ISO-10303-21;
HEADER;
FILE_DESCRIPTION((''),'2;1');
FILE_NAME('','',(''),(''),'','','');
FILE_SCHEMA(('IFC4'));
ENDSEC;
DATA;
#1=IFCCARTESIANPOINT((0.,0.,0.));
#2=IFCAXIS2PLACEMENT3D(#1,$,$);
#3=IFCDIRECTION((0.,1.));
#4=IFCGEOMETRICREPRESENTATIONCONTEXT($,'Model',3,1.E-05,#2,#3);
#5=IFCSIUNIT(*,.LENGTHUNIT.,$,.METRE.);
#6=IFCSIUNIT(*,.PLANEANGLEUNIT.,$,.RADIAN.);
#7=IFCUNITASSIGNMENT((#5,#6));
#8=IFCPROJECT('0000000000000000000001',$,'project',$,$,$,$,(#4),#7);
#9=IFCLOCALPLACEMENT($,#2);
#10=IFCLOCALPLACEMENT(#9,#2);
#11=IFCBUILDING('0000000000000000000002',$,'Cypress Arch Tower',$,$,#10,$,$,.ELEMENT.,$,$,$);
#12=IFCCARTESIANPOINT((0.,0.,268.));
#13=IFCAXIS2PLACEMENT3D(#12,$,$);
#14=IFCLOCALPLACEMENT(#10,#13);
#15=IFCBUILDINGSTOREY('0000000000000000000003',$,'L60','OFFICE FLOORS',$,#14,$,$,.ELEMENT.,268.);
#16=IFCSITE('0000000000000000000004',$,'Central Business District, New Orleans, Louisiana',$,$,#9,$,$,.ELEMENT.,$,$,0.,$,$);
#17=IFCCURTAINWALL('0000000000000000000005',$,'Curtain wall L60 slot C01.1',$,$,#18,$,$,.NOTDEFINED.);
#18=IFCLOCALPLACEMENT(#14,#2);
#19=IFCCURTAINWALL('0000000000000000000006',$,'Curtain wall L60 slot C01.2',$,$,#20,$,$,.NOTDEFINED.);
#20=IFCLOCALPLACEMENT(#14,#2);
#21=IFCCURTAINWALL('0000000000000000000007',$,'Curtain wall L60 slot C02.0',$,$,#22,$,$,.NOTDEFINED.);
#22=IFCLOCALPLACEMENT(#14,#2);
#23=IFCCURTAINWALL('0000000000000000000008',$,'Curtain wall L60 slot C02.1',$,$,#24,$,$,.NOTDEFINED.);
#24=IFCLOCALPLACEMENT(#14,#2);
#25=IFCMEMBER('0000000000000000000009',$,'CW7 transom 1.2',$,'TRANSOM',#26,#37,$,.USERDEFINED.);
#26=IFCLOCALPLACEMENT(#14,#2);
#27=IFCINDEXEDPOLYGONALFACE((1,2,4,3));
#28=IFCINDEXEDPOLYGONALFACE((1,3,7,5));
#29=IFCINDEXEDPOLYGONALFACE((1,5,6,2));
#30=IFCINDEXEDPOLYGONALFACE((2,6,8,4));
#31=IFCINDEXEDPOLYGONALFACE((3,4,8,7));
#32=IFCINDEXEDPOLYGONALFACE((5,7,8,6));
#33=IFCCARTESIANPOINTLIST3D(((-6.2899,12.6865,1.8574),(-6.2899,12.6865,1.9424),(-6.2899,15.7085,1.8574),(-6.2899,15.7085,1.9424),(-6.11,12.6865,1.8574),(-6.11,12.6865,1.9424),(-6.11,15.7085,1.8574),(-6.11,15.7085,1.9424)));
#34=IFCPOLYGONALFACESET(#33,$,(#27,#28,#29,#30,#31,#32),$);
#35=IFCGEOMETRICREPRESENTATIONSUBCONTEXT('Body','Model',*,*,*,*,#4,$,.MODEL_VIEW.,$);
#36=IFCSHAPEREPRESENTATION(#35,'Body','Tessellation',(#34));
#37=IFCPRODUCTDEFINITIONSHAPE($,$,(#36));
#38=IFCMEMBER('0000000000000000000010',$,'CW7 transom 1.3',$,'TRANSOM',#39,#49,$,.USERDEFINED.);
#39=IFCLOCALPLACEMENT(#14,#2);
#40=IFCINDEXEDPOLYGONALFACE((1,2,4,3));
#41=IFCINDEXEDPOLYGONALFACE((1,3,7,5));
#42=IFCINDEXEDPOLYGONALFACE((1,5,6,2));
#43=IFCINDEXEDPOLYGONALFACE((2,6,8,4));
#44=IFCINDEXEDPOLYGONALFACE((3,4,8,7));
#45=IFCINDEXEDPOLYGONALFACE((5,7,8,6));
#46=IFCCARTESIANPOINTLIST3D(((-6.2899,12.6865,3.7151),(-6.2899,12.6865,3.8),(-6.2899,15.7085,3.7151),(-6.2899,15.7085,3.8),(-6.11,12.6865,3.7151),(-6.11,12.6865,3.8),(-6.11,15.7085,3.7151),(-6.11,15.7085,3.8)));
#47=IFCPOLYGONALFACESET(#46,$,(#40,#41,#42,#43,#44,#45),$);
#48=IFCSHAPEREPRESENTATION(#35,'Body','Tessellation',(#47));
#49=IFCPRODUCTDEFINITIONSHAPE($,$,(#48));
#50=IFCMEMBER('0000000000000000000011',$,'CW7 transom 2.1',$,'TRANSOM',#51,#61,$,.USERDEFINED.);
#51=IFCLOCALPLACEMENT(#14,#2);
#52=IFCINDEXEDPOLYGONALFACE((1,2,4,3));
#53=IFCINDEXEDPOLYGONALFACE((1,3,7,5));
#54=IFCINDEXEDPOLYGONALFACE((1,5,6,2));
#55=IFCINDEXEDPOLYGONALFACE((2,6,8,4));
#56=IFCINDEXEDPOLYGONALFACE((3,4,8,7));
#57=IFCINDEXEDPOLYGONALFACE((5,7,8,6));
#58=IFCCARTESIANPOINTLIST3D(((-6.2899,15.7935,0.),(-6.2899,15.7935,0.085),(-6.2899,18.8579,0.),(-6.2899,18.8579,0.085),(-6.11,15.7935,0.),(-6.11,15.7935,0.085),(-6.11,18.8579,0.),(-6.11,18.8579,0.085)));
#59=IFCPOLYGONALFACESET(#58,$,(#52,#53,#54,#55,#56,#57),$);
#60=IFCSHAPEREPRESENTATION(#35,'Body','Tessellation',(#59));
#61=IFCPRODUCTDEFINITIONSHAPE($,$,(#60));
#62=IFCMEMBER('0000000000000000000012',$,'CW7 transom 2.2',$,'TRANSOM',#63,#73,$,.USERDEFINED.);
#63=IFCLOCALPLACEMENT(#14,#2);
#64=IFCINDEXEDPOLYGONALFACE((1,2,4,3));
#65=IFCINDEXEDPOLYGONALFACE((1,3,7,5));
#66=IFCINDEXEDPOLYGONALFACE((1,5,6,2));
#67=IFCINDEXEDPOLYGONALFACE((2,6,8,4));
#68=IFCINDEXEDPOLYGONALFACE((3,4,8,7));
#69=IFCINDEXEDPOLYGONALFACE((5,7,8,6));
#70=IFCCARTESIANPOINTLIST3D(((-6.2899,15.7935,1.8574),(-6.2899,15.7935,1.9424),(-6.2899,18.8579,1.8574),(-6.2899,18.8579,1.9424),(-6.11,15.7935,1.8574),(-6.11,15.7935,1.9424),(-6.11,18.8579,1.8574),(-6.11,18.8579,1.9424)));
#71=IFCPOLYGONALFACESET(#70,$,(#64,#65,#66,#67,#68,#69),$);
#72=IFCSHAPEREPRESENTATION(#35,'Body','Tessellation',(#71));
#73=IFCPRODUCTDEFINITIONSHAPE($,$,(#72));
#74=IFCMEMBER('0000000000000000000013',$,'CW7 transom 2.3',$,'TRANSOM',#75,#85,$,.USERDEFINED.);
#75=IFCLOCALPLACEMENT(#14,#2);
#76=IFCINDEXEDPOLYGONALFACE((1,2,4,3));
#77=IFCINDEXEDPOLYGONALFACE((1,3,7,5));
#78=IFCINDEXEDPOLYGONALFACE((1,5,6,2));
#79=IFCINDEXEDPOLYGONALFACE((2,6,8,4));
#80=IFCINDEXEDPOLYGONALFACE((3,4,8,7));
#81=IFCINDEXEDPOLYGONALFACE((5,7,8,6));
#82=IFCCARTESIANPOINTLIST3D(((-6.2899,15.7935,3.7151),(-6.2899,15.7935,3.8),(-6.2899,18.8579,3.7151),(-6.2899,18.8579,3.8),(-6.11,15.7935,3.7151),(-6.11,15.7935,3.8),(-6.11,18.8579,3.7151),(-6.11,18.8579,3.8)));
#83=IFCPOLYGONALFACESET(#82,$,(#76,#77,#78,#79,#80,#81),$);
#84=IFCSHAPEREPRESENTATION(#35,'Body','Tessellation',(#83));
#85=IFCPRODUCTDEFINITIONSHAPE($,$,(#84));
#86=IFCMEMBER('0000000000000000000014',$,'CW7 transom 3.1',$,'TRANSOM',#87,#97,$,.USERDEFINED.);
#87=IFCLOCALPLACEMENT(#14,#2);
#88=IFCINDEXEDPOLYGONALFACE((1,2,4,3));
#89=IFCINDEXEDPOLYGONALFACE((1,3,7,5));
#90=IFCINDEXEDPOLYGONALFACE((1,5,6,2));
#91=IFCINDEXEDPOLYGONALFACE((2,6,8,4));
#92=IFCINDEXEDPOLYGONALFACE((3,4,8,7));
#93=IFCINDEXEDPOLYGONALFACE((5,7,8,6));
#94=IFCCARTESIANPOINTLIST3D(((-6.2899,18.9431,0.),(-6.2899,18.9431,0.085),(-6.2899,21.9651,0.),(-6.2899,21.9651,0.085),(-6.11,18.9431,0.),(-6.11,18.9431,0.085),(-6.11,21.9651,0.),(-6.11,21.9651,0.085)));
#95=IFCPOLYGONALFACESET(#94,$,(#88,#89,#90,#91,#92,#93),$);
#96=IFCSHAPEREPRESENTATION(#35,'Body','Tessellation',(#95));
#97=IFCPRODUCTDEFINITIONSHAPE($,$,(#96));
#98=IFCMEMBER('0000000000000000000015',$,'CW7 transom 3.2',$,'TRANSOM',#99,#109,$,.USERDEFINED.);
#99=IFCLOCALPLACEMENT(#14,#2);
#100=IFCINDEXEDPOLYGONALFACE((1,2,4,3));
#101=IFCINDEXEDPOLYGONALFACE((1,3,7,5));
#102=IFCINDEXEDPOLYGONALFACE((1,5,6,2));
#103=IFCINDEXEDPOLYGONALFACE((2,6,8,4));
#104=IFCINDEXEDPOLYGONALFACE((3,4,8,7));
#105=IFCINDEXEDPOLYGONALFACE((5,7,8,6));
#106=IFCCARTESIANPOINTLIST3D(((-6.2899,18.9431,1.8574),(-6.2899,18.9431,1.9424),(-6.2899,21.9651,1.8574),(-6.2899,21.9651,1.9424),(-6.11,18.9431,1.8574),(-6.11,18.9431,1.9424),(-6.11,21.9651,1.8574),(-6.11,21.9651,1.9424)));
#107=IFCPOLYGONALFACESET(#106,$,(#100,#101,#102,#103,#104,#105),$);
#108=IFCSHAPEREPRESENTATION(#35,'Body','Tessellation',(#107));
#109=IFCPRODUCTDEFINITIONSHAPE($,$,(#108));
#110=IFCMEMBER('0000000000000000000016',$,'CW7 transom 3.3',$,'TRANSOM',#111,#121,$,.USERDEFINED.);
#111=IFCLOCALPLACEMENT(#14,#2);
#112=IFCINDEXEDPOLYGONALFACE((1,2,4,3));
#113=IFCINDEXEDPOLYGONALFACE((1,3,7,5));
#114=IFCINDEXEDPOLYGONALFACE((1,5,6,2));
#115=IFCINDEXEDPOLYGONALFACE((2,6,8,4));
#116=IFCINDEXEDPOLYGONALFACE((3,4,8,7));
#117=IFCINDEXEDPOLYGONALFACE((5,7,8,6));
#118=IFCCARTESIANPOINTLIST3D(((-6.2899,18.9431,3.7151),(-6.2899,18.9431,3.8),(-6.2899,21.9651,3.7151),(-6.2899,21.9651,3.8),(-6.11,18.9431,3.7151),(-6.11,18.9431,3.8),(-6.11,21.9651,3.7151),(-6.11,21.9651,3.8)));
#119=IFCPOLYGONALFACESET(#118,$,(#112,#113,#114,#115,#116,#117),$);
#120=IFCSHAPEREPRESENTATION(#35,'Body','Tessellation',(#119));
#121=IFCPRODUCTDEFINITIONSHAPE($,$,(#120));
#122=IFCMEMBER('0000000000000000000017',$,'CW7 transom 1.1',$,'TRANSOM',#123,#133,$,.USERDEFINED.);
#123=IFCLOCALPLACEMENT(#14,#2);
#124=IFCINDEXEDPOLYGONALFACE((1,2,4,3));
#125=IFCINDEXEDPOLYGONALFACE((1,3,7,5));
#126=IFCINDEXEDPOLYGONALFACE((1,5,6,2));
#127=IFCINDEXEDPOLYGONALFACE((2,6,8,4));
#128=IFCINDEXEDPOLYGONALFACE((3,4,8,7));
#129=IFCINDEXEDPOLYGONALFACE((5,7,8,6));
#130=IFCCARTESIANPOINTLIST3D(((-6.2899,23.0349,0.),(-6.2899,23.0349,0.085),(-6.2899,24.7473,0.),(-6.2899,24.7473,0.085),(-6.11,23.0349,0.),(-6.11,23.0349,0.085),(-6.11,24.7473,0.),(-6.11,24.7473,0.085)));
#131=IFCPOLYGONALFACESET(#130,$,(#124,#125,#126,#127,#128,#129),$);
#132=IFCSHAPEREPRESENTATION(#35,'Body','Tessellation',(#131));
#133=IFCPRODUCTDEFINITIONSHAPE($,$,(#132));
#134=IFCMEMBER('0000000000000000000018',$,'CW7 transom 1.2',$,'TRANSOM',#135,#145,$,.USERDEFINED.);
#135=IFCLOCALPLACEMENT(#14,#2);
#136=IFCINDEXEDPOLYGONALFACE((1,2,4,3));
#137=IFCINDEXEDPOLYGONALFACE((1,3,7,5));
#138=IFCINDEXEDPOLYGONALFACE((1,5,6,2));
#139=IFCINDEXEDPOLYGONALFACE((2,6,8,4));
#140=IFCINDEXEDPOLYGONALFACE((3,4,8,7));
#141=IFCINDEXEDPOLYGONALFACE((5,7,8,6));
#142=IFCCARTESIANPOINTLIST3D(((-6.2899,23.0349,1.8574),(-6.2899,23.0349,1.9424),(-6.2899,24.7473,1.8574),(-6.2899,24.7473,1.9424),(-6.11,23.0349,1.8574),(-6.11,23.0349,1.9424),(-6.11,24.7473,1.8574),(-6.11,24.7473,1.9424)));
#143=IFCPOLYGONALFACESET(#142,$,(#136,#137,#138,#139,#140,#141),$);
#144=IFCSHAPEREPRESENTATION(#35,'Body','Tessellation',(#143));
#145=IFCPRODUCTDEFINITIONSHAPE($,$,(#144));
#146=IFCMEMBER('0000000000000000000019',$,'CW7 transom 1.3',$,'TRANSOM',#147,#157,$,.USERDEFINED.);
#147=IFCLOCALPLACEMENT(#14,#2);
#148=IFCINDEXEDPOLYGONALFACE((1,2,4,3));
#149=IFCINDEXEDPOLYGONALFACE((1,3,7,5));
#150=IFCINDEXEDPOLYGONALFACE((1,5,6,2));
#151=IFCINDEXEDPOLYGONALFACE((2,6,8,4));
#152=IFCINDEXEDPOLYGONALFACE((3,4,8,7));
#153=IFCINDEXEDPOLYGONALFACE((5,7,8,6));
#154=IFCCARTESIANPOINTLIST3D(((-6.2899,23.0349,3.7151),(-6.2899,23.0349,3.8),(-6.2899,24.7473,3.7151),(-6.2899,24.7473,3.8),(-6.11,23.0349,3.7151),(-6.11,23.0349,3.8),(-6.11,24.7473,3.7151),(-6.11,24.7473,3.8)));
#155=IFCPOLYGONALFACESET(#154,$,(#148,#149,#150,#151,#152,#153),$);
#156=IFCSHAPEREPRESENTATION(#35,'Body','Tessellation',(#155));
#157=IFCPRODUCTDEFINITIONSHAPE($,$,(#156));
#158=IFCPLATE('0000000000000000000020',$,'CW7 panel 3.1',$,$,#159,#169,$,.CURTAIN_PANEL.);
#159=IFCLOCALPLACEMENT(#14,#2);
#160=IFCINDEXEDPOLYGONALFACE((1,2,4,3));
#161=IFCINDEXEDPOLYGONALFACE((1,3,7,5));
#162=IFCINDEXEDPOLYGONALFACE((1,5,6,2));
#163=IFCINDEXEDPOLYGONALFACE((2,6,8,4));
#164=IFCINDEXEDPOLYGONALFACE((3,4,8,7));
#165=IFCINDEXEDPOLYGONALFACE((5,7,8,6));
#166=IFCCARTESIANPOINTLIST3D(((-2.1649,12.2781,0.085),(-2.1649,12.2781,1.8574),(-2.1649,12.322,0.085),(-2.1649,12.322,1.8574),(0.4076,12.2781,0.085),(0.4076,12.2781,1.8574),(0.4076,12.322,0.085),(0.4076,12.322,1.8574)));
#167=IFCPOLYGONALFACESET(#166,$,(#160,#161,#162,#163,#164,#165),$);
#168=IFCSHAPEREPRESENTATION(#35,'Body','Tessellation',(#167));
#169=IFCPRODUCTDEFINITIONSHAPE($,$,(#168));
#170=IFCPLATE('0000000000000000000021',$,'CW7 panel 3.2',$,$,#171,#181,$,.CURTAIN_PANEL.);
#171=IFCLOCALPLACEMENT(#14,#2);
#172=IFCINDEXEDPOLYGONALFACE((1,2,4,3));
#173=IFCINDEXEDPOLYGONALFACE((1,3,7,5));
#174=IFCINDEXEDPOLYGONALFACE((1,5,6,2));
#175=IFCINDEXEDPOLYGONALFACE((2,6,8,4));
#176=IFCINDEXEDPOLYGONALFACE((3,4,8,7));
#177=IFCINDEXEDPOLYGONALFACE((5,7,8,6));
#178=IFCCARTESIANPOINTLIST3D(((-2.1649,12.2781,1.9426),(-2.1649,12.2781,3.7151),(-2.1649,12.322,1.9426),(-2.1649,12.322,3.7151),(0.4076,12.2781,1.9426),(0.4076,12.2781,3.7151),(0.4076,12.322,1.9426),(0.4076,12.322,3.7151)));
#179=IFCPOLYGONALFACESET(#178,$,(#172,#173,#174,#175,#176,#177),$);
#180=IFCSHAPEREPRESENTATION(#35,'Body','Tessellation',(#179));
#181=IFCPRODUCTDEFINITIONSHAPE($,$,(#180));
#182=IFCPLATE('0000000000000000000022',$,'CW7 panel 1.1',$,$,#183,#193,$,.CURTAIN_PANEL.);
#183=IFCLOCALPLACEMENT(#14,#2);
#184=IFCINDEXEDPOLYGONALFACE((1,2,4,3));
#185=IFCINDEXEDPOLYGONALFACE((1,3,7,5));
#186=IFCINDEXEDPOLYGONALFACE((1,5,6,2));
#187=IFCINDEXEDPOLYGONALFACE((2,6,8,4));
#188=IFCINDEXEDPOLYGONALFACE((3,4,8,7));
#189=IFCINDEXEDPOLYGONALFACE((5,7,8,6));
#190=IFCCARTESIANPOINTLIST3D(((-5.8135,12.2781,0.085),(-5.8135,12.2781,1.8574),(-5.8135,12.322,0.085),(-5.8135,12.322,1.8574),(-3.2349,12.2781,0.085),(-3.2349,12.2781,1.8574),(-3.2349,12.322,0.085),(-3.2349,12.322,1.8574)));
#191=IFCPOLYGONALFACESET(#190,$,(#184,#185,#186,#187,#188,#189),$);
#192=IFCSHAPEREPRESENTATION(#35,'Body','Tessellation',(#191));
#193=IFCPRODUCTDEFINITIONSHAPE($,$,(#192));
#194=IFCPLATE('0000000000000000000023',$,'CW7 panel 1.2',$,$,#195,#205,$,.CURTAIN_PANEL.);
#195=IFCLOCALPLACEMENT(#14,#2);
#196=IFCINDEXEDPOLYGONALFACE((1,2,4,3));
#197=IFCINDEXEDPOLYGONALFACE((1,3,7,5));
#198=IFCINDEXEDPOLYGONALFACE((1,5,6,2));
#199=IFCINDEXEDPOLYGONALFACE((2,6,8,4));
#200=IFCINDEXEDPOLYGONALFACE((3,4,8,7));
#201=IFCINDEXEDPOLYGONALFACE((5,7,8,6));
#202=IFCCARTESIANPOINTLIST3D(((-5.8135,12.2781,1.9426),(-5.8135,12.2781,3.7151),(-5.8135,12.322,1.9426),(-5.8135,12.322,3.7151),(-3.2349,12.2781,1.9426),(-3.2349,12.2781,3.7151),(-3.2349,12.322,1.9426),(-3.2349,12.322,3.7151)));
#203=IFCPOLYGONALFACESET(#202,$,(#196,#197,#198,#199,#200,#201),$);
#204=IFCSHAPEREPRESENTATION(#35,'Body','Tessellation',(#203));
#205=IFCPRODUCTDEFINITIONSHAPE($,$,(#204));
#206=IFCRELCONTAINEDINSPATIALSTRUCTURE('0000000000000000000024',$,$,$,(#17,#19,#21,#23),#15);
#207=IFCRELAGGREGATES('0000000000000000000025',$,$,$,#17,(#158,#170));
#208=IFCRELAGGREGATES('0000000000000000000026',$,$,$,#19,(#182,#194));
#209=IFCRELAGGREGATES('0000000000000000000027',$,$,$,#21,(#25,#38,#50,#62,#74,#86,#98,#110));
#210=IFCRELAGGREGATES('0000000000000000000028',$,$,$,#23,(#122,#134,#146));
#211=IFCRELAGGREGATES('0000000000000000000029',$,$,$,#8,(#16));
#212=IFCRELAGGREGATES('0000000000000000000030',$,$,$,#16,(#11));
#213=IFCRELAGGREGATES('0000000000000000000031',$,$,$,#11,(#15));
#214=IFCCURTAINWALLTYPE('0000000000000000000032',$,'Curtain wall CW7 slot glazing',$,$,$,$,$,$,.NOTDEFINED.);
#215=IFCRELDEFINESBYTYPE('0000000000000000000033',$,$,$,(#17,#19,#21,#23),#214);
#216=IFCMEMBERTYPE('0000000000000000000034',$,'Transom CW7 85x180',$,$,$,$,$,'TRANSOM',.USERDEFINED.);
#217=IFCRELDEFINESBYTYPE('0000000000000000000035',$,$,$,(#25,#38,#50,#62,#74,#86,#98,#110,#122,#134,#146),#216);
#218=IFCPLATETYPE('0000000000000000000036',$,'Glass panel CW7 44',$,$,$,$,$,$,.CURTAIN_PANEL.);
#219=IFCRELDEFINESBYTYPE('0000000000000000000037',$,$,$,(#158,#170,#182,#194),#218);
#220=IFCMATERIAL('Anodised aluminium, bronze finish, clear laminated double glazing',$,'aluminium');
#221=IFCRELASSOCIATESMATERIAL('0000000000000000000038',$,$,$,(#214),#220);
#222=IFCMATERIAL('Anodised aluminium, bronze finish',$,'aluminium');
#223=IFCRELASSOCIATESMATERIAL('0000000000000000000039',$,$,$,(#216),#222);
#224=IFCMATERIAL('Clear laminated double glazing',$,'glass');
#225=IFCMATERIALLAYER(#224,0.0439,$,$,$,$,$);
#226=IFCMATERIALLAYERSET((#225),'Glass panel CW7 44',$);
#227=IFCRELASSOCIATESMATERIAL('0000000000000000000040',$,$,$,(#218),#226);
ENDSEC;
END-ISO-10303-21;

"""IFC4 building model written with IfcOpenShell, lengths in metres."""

from ifc_helpers import new_model, si_unit, direction, frame, origin, origin_2d, place, context, subcontext, project, spatial, rectangle, extrude, material, layer, layer_set, material_profile, profile_set, type_object, element, aggregate, save


model = new_model("IFC4")

# Units and contexts
model_context = context("Model", 3, precision=1e-05, world=origin(), true_north=direction((0.0, 1.0)))
body_context = subcontext(model_context, "Body", "Model", "MODEL_VIEW")
ifc_project = project(units=[si_unit("LENGTHUNIT", "METRE"), si_unit("PLANEANGLEUNIT", "RADIAN")], contexts=[model_context])

# Site, building, storey
site_placement = place(None, origin())
site = spatial("IfcSite", under=ifc_project, at=site_placement, Name="Central Business District, New Orleans, Louisiana", CompositionType="ELEMENT", RefElevation=0.0)
building_placement = place(site_placement, origin())
building = spatial("IfcBuilding", under=site, at=building_placement, Name="Cypress Arch Tower", CompositionType="ELEMENT")
storey_placement = place(building_placement, frame((0.0, 0.0, 268.0)))
storey = spatial("IfcBuildingStorey", under=building, at=storey_placement, Name="L60", Description="OFFICE FLOORS", CompositionType="ELEMENT", Elevation=268.0)

# Curtain wall
ifc_material_1 = material(Name="Anodised aluminium, bronze finish, clear laminated double glazing", Category="aluminium")
curtain_wall_type = type_object("IfcCurtainWallType", Name="Curtain wall CW7 slot glazing", PredefinedType="NOTDEFINED", material=ifc_material_1)
curtain_wall_1_placement = place(storey_placement, origin())
curtain_wall_1 = element("IfcCurtainWall", 1, at=curtain_wall_1_placement, inside=storey, type_object=curtain_wall_type, Name="Curtain wall L60 slot C01.1", PredefinedType="NOTDEFINED")

# Curtain walls
curtain_wall_2_placement = place(storey_placement, origin())
curtain_wall_2 = element("IfcCurtainWall", 2, at=curtain_wall_2_placement, inside=storey, type_object=curtain_wall_type, Name="Curtain wall L60 slot C01.2", PredefinedType="NOTDEFINED")
curtain_wall_3_placement = place(storey_placement, origin())
curtain_wall_3 = element("IfcCurtainWall", 3, at=curtain_wall_3_placement, inside=storey, type_object=curtain_wall_type, Name="Curtain wall L60 slot C02.0", PredefinedType="NOTDEFINED")
curtain_wall_4_placement = place(storey_placement, origin())
curtain_wall_4 = element("IfcCurtainWall", 4, at=curtain_wall_4_placement, inside=storey, type_object=curtain_wall_type, Name="Curtain wall L60 slot C02.1", PredefinedType="NOTDEFINED")

# Members
ifc_material_2 = material(Name="Anodised aluminium, bronze finish", Category="aluminium")
ifc_material_profile_1 = material_profile(ifc_material_2, rectangle(XDim=0.1799, YDim=0.085, at=origin_2d()), Name="Transom 85x180")
ifc_profile_set_1 = profile_set([ifc_material_profile_1], Name="Anodised aluminium, bronze finish")
member_type_1 = type_object("IfcMemberType", Name="Transom CW7 85x180", ElementType="TRANSOM", PredefinedType="USERDEFINED", material=ifc_profile_set_1)
member_1_placement = place(storey_placement, frame((-6.2, 12.6865, 1.8999), z_axis=(0.0, 1.0, 0.0), x_axis=(-1.0, 0.0, 0.0)))
member_1 = element("IfcMember", 5, at=member_1_placement, type_object=member_type_1, Name="CW7 transom 1.2", ObjectType="TRANSOM", PredefinedType="USERDEFINED", context=body_context, shape_type="SweptSolid", body=[
    extrude(rectangle(XDim=0.1799, YDim=0.085, at=origin_2d()), origin(), (0.0, 0.0, 1.0), 3.022),
])
member_2_placement = place(storey_placement, frame((-6.2, 12.6865, 3.7576), z_axis=(0.0, 1.0, 0.0), x_axis=(-1.0, 0.0, 0.0)))
member_2 = element("IfcMember", 6, at=member_2_placement, type_object=member_type_1, Name="CW7 transom 1.3", ObjectType="TRANSOM", PredefinedType="USERDEFINED", context=body_context, shape_type="SweptSolid", body=[
    extrude(rectangle(XDim=0.1799, YDim=0.085, at=origin_2d()), origin(), (0.0, 0.0, 1.0), 3.022),
])
member_3_placement = place(storey_placement, frame((-6.2, 15.7935, 0.0425), z_axis=(0.0, 1.0, 0.0), x_axis=(-1.0, 0.0, 0.0)))
member_3 = element("IfcMember", 7, at=member_3_placement, type_object=member_type_1, Name="CW7 transom 2.1", ObjectType="TRANSOM", PredefinedType="USERDEFINED", context=body_context, shape_type="SweptSolid", body=[
    extrude(rectangle(XDim=0.1799, YDim=0.085, at=origin_2d()), origin(), (0.0, 0.0, 1.0), 3.0645),
])
member_4_placement = place(storey_placement, frame((-6.2, 15.7935, 1.8999), z_axis=(0.0, 1.0, 0.0), x_axis=(-1.0, 0.0, 0.0)))
member_4 = element("IfcMember", 8, at=member_4_placement, type_object=member_type_1, Name="CW7 transom 2.2", ObjectType="TRANSOM", PredefinedType="USERDEFINED", context=body_context, shape_type="SweptSolid", body=[
    extrude(rectangle(XDim=0.1799, YDim=0.085, at=origin_2d()), origin(), (0.0, 0.0, 1.0), 3.0645),
])
member_5_placement = place(storey_placement, frame((-6.2, 15.7935, 3.7576), z_axis=(0.0, 1.0, 0.0), x_axis=(-1.0, 0.0, 0.0)))
member_5 = element("IfcMember", 9, at=member_5_placement, type_object=member_type_1, Name="CW7 transom 2.3", ObjectType="TRANSOM", PredefinedType="USERDEFINED", context=body_context, shape_type="SweptSolid", body=[
    extrude(rectangle(XDim=0.1799, YDim=0.085, at=origin_2d()), origin(), (0.0, 0.0, 1.0), 3.0645),
])
member_6_placement = place(storey_placement, frame((-6.2, 18.9431, 0.0425), z_axis=(0.0, 1.0, 0.0), x_axis=(-1.0, 0.0, 0.0)))
member_6 = element("IfcMember", 10, at=member_6_placement, type_object=member_type_1, Name="CW7 transom 3.1", ObjectType="TRANSOM", PredefinedType="USERDEFINED", context=body_context, shape_type="SweptSolid", body=[
    extrude(rectangle(XDim=0.1799, YDim=0.085, at=origin_2d()), origin(), (0.0, 0.0, 1.0), 3.022),
])
member_7_placement = place(storey_placement, frame((-6.2, 18.9431, 1.8999), z_axis=(0.0, 1.0, 0.0), x_axis=(-1.0, 0.0, 0.0)))
member_7 = element("IfcMember", 11, at=member_7_placement, type_object=member_type_1, Name="CW7 transom 3.2", ObjectType="TRANSOM", PredefinedType="USERDEFINED", context=body_context, shape_type="SweptSolid", body=[
    extrude(rectangle(XDim=0.1799, YDim=0.085, at=origin_2d()), origin(), (0.0, 0.0, 1.0), 3.022),
])
member_8_placement = place(storey_placement, frame((-6.2, 18.9431, 3.7576), z_axis=(0.0, 1.0, 0.0), x_axis=(-1.0, 0.0, 0.0)))
member_8 = element("IfcMember", 12, at=member_8_placement, type_object=member_type_1, Name="CW7 transom 3.3", ObjectType="TRANSOM", PredefinedType="USERDEFINED", context=body_context, shape_type="SweptSolid", body=[
    extrude(rectangle(XDim=0.1799, YDim=0.085, at=origin_2d()), origin(), (0.0, 0.0, 1.0), 3.022),
])
member_9_placement = place(storey_placement, frame((-6.2, 23.0349, 0.0425), z_axis=(0.0, 1.0, 0.0), x_axis=(-1.0, 0.0, 0.0)))
member_9 = element("IfcMember", 13, at=member_9_placement, type_object=member_type_1, Name="CW7 transom 1.1", ObjectType="TRANSOM", PredefinedType="USERDEFINED", context=body_context, shape_type="SweptSolid", body=[
    extrude(rectangle(XDim=0.1799, YDim=0.085, at=origin_2d()), origin(), (0.0, 0.0, 1.0), 1.7124),
])
member_10_placement = place(storey_placement, frame((-6.2, 23.0349, 1.8999), z_axis=(0.0, 1.0, 0.0), x_axis=(-1.0, 0.0, 0.0)))
member_10 = element("IfcMember", 14, at=member_10_placement, type_object=member_type_1, Name="CW7 transom 1.2", ObjectType="TRANSOM", PredefinedType="USERDEFINED", context=body_context, shape_type="SweptSolid", body=[
    extrude(rectangle(XDim=0.1799, YDim=0.085, at=origin_2d()), origin(), (0.0, 0.0, 1.0), 1.7124),
])
member_11_placement = place(storey_placement, frame((-6.2, 23.0349, 3.7576), z_axis=(0.0, 1.0, 0.0), x_axis=(-1.0, 0.0, 0.0)))
member_11 = element("IfcMember", 15, at=member_11_placement, type_object=member_type_1, Name="CW7 transom 1.3", ObjectType="TRANSOM", PredefinedType="USERDEFINED", context=body_context, shape_type="SweptSolid", body=[
    extrude(rectangle(XDim=0.1799, YDim=0.085, at=origin_2d()), origin(), (0.0, 0.0, 1.0), 1.7124),
])

# Plates
ifc_material_3 = material(Name="Clear laminated double glazing", Category="glass")
ifc_layer = layer(ifc_material_3, 0.0439)
ifc_layer_set = layer_set([ifc_layer], Name="Glass panel CW7 44")
plate_type = type_object("IfcPlateType", Name="Glass panel CW7 44", PredefinedType="CURTAIN_PANEL", material=ifc_layer_set)
plate_1_placement = place(storey_placement, frame((-0.8787, 12.3, 0.085), z_axis=(0.0, 0.0, 1.0), x_axis=(-1.0, 0.0, 0.0)))
plate_1 = element("IfcPlate", 16, at=plate_1_placement, type_object=plate_type, Name="CW7 panel 3.1", PredefinedType="CURTAIN_PANEL", context=body_context, shape_type="SweptSolid", body=[
    extrude(rectangle(XDim=2.5725, YDim=0.0439, at=origin_2d()), origin(), (0.0, 0.0, 1.0), 1.7725),
])
plate_2_placement = place(storey_placement, frame((-0.8787, 12.3, 1.9426), z_axis=(0.0, 0.0, 1.0), x_axis=(-1.0, 0.0, 0.0)))
plate_2 = element("IfcPlate", 17, at=plate_2_placement, type_object=plate_type, Name="CW7 panel 3.2", PredefinedType="CURTAIN_PANEL", context=body_context, shape_type="SweptSolid", body=[
    extrude(rectangle(XDim=2.5725, YDim=0.0439, at=origin_2d()), origin(), (0.0, 0.0, 1.0), 1.7725),
])
aggregate(curtain_wall_1, [plate_1, plate_2])
plate_3_placement = place(storey_placement, frame((-4.5242, 12.3, 0.085), z_axis=(0.0, 0.0, 1.0), x_axis=(-1.0, 0.0, 0.0)))
plate_3 = element("IfcPlate", 18, at=plate_3_placement, type_object=plate_type, Name="CW7 panel 1.1", PredefinedType="CURTAIN_PANEL", context=body_context, shape_type="SweptSolid", body=[
    extrude(rectangle(XDim=2.5786, YDim=0.0439, at=origin_2d()), origin(), (0.0, 0.0, 1.0), 1.7725),
])
plate_4_placement = place(storey_placement, frame((-4.5242, 12.3, 1.9426), z_axis=(0.0, 0.0, 1.0), x_axis=(-1.0, 0.0, 0.0)))
plate_4 = element("IfcPlate", 19, at=plate_4_placement, type_object=plate_type, Name="CW7 panel 1.2", PredefinedType="CURTAIN_PANEL", context=body_context, shape_type="SweptSolid", body=[
    extrude(rectangle(XDim=2.5786, YDim=0.0439, at=origin_2d()), origin(), (0.0, 0.0, 1.0), 1.7725),
])
aggregate(curtain_wall_2, [plate_3, plate_4])
aggregate(curtain_wall_3, [member_1, member_2, member_3, member_4, member_5, member_6, member_7, member_8])
aggregate(curtain_wall_4, [member_9, member_10, member_11])

save(model, "model.ifc")
